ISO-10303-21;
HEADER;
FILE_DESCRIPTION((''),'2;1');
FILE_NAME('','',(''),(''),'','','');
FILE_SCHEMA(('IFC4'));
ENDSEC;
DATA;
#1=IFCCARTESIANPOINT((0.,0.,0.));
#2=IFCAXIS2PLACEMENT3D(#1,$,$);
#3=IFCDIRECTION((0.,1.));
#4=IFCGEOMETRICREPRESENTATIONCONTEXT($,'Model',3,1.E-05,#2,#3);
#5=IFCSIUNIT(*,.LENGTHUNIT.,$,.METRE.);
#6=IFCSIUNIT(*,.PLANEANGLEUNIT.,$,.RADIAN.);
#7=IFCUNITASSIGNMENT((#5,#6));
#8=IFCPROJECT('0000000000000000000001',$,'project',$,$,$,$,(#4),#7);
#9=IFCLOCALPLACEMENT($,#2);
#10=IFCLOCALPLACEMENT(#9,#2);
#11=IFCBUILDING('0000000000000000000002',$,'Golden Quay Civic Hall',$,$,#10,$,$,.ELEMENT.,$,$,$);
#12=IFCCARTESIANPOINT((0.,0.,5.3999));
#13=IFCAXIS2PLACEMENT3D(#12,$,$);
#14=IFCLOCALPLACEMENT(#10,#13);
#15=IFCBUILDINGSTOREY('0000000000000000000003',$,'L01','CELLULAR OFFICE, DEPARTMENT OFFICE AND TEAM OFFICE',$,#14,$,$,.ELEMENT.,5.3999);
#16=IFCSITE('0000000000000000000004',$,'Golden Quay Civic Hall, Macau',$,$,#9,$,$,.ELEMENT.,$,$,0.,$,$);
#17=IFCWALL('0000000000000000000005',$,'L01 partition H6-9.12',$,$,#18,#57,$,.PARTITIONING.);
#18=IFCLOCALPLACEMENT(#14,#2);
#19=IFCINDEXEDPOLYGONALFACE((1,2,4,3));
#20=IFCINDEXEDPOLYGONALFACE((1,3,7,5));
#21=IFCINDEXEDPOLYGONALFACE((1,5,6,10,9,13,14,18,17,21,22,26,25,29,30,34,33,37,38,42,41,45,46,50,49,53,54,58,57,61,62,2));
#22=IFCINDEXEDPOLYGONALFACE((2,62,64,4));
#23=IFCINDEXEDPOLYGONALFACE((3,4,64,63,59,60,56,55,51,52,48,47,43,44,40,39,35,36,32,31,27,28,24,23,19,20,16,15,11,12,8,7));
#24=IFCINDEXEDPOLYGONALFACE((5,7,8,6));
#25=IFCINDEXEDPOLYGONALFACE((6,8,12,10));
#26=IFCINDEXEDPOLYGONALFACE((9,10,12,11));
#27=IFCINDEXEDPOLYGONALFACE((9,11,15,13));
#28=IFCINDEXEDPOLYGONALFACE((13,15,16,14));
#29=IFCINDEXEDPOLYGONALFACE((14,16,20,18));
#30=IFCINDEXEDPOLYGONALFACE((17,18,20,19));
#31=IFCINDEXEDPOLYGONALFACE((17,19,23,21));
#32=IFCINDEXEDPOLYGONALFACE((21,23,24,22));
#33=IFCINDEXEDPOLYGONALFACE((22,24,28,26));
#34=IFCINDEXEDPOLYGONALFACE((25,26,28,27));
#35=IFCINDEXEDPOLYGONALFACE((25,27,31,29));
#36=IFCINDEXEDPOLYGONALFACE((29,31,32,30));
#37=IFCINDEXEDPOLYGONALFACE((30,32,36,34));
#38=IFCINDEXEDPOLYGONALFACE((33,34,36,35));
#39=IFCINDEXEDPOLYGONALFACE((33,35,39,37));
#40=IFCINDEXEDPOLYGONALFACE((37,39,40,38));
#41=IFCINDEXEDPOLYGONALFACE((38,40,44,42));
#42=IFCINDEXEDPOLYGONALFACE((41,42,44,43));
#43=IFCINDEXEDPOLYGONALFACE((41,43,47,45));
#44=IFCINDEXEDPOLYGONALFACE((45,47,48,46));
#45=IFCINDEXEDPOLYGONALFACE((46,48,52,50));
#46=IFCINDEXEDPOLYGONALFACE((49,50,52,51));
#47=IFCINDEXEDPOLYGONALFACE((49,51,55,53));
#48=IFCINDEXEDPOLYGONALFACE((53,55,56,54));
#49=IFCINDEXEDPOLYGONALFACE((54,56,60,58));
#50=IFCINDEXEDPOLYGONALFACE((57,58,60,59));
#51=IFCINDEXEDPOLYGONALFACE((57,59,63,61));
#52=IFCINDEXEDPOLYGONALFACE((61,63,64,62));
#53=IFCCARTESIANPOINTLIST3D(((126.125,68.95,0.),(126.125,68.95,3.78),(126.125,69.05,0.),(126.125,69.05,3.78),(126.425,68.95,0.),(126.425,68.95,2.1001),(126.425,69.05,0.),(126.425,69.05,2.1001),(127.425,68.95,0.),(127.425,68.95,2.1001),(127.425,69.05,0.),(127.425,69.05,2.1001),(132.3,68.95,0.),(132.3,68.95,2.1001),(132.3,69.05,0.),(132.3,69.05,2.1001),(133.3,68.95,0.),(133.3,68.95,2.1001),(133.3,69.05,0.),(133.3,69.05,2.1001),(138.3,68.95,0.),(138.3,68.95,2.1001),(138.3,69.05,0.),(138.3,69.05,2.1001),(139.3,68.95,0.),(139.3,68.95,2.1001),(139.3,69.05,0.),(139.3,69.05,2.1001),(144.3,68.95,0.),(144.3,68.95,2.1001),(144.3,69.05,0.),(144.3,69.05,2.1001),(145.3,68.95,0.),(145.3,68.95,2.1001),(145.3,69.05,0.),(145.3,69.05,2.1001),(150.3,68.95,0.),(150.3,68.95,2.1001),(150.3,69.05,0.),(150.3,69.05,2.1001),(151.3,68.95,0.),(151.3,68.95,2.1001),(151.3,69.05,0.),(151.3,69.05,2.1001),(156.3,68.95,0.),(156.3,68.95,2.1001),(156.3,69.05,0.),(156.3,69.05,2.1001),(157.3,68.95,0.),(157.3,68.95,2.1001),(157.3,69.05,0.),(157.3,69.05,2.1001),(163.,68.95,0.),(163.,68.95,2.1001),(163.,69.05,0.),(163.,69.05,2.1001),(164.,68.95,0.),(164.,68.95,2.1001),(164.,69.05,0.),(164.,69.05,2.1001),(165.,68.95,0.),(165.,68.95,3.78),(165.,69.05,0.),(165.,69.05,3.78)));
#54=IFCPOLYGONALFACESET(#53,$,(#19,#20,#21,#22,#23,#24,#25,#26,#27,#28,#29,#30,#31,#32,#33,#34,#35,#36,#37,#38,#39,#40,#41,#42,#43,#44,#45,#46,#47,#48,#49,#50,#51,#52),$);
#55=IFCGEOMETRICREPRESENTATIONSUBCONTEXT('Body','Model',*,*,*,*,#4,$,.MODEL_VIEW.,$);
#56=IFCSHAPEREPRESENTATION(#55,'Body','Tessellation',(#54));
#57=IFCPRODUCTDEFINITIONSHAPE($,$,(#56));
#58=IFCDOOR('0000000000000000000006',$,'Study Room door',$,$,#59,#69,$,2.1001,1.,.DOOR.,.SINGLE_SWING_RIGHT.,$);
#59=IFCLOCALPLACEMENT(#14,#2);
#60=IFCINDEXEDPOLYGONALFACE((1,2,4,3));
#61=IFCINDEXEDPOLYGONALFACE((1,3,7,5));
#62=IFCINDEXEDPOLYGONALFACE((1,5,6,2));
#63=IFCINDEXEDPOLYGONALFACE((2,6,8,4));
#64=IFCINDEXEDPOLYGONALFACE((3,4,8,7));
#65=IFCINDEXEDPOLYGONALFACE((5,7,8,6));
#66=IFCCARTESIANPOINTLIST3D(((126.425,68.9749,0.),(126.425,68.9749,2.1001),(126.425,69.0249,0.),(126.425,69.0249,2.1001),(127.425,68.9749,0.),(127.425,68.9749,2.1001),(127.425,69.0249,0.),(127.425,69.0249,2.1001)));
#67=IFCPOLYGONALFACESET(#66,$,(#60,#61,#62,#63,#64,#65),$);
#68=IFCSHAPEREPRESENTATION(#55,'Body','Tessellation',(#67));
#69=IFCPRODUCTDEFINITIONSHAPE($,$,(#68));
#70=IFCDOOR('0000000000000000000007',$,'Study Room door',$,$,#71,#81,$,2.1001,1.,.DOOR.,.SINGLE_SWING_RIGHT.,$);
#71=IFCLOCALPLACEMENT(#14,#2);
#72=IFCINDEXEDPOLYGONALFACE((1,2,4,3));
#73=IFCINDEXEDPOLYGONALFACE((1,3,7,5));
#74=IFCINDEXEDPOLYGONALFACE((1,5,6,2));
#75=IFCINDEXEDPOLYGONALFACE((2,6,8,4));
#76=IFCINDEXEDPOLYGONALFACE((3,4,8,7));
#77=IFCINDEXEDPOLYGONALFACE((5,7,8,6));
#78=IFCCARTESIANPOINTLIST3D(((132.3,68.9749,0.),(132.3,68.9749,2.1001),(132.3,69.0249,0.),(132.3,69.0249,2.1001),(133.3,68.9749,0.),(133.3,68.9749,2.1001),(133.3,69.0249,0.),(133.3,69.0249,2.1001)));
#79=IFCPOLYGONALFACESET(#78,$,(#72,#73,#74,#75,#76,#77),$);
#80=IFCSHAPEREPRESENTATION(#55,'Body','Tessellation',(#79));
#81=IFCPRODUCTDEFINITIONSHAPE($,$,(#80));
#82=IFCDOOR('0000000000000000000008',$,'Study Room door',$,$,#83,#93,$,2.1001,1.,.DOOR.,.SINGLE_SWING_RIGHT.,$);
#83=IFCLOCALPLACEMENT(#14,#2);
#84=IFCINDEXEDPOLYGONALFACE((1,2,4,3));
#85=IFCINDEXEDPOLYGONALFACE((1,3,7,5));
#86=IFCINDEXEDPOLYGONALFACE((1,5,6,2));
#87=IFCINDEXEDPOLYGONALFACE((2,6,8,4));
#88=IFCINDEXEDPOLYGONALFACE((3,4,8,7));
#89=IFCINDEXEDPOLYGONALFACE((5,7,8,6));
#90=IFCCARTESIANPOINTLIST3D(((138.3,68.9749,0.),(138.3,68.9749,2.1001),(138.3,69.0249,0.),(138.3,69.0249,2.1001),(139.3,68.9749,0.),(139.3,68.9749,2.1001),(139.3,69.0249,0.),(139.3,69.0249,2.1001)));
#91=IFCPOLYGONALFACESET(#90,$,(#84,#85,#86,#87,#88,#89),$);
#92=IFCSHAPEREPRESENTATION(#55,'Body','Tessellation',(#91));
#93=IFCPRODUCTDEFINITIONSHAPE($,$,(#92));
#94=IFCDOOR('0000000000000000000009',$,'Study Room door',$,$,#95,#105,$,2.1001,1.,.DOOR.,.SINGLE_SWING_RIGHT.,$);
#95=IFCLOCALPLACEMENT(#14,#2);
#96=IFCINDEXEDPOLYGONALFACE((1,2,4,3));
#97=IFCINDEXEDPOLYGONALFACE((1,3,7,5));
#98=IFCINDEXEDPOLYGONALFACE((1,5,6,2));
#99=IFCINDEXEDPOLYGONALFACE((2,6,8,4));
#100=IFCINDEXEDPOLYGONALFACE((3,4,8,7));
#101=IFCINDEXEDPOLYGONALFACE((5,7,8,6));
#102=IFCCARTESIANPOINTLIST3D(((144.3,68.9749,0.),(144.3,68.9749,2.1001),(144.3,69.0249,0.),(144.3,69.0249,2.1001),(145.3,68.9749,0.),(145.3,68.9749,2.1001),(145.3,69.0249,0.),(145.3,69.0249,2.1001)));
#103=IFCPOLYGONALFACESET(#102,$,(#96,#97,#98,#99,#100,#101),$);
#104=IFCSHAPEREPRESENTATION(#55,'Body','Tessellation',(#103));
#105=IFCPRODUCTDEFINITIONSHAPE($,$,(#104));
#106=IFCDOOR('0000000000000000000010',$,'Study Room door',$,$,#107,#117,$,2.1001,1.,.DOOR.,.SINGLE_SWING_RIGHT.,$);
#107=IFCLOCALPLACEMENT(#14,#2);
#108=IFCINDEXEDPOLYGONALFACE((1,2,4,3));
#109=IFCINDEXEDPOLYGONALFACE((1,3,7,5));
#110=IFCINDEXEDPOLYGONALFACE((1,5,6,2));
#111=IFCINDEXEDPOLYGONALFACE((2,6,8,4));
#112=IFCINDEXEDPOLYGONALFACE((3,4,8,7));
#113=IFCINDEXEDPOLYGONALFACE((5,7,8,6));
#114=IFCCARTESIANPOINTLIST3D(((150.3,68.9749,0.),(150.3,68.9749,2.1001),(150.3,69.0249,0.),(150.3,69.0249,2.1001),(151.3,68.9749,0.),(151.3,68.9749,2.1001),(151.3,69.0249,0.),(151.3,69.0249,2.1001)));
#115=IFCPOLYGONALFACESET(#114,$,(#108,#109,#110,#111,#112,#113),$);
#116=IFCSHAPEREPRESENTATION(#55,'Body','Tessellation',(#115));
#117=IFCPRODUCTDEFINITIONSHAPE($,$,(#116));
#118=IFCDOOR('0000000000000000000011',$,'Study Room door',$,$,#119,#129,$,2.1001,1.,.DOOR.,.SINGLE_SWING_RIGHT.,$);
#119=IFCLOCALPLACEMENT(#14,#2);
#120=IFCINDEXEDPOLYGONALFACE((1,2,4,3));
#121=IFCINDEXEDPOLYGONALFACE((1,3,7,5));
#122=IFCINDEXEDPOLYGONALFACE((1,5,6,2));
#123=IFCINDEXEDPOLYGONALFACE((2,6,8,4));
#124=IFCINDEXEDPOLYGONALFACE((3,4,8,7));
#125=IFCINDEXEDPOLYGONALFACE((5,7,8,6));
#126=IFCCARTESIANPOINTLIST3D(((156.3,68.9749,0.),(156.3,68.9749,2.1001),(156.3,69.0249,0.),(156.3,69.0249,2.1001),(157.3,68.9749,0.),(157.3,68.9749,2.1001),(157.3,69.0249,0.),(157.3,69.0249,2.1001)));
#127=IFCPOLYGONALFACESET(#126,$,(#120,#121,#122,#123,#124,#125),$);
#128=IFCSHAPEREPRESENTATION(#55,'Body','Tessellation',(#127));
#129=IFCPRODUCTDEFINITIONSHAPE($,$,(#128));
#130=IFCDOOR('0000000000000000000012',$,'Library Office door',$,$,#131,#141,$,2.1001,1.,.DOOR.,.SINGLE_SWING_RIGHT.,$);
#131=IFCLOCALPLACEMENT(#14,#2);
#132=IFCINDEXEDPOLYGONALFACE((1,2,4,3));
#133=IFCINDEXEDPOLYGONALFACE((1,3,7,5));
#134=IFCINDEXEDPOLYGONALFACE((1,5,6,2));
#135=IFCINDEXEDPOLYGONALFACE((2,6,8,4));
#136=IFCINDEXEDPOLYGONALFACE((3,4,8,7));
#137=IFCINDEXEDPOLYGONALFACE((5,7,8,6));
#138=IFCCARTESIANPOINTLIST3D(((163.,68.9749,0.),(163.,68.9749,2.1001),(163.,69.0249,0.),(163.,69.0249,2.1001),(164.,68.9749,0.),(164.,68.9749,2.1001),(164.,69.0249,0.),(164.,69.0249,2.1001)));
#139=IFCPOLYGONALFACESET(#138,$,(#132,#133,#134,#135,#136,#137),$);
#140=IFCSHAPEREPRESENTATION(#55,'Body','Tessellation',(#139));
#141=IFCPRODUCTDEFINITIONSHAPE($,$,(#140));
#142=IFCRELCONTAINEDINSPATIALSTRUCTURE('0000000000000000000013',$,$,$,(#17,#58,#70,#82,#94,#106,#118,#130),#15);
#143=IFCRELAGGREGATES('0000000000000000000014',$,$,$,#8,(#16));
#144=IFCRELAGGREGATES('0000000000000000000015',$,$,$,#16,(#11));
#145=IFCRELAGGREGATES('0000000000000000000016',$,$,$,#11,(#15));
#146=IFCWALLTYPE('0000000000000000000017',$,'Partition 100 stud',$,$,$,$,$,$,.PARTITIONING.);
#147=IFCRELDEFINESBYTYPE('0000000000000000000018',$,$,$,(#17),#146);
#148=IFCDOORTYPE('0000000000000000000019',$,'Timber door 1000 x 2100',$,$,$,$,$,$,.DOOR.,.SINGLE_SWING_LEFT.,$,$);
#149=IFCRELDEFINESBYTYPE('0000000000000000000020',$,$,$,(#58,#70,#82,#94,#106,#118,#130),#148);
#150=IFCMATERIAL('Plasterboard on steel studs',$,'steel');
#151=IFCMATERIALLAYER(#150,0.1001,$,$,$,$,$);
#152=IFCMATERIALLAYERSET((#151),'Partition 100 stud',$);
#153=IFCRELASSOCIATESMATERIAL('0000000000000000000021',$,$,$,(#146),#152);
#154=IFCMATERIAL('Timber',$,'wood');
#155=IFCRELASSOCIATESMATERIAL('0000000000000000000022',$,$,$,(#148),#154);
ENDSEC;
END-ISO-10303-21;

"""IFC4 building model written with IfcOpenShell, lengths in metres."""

from ifc_helpers import new_model, si_unit, direction, frame, frame_2d, origin, place, context, subcontext, project, spatial, rectangle, extrude, material, layer, layer_set, type_object, element, fill, save


model = new_model("IFC4")

# Units and contexts
model_context = context("Model", 3, precision=1e-05, world=origin(), true_north=direction((0.0, 1.0)))
body_context = subcontext(model_context, "Body", "Model", "MODEL_VIEW")
ifc_project = project(units=[si_unit("LENGTHUNIT", "METRE"), si_unit("PLANEANGLEUNIT", "RADIAN")], contexts=[model_context])

# Site, building, storey
site_placement = place(None, origin())
site = spatial("IfcSite", under=ifc_project, at=site_placement, Name="Golden Quay Civic Hall, Macau", CompositionType="ELEMENT", RefElevation=0.0)
building_placement = place(site_placement, origin())
building = spatial("IfcBuilding", under=site, at=building_placement, Name="Golden Quay Civic Hall", CompositionType="ELEMENT")
storey_placement = place(building_placement, frame((0.0, 0.0, 5.3999)))
storey = spatial("IfcBuildingStorey", under=building, at=storey_placement, Name="L01", Description="CELLULAR OFFICE, DEPARTMENT OFFICE AND TEAM OFFICE", CompositionType="ELEMENT", Elevation=5.3999)

# Wall, openings, doors
ifc_material_1 = material(Name="Plasterboard on steel studs", Category="steel")
ifc_layer_1 = layer(ifc_material_1, 0.1001)
ifc_layer_set_1 = layer_set([ifc_layer_1], Name="Partition 100 stud")
wall_type_1 = type_object("IfcWallType", Name="Partition 100 stud", PredefinedType="PARTITIONING", material=ifc_layer_set_1)
wall_1_placement = place(storey_placement, frame((126.125, 69.0, 0.0), z_axis=(0.0, 0.0, 1.0), x_axis=(1.0, 0.0, 0.0)))
wall_1 = element("IfcWall", 1, at=wall_1_placement, inside=storey, type_object=wall_type_1, Name="L01 partition H6-9.12", PredefinedType="PARTITIONING", context=body_context, shape_type="SweptSolid", body=[
    extrude(rectangle(XDim=38.875, YDim=0.1001, at=frame_2d((19.4375, 0.0))), origin(), (0.0, 0.0, 1.0), 3.78),
])
opening_1_placement = place(wall_1_placement, frame((0.3, 0.0, 0.0)))
opening_1 = element("IfcOpeningElement", 2, at=opening_1_placement, cuts=wall_1, PredefinedType="OPENING", context=body_context, shape_type="SweptSolid", body=[
    extrude(rectangle(XDim=1.0, YDim=2.1001, at=frame_2d((0.5, 1.05))), frame((0.0, 0.0601, 0.0), z_axis=(0.0, -1.0, 0.0), x_axis=(1.0, 0.0, 0.0)), (0.0, 0.0, 1.0), 0.1201),
])
opening_2_placement = place(wall_1_placement, frame((6.175, 0.0, 0.0)))
opening_2 = element("IfcOpeningElement", 3, at=opening_2_placement, cuts=wall_1, PredefinedType="OPENING", context=body_context, shape_type="SweptSolid", body=[
    extrude(rectangle(XDim=1.0, YDim=2.1001, at=frame_2d((0.5, 1.05))), frame((0.0, 0.0601, 0.0), z_axis=(0.0, -1.0, 0.0), x_axis=(1.0, 0.0, 0.0)), (0.0, 0.0, 1.0), 0.1201),
])
opening_3_placement = place(wall_1_placement, frame((12.175, 0.0, 0.0)))
opening_3 = element("IfcOpeningElement", 4, at=opening_3_placement, cuts=wall_1, PredefinedType="OPENING", context=body_context, shape_type="SweptSolid", body=[
    extrude(rectangle(XDim=1.0, YDim=2.1001, at=frame_2d((0.5, 1.05))), frame((0.0, 0.0601, 0.0), z_axis=(0.0, -1.0, 0.0), x_axis=(1.0, 0.0, 0.0)), (0.0, 0.0, 1.0), 0.1201),
])
opening_4_placement = place(wall_1_placement, frame((18.175, 0.0, 0.0)))
opening_4 = element("IfcOpeningElement", 5, at=opening_4_placement, cuts=wall_1, PredefinedType="OPENING", context=body_context, shape_type="SweptSolid", body=[
    extrude(rectangle(XDim=1.0, YDim=2.1001, at=frame_2d((0.5, 1.05))), frame((0.0, 0.0601, 0.0), z_axis=(0.0, -1.0, 0.0), x_axis=(1.0, 0.0, 0.0)), (0.0, 0.0, 1.0), 0.1201),
])
opening_5_placement = place(wall_1_placement, frame((24.175, 0.0, 0.0)))
opening_5 = element("IfcOpeningElement", 6, at=opening_5_placement, cuts=wall_1, PredefinedType="OPENING", context=body_context, shape_type="SweptSolid", body=[
    extrude(rectangle(XDim=1.0, YDim=2.1001, at=frame_2d((0.5, 1.05))), frame((0.0, 0.0601, 0.0), z_axis=(0.0, -1.0, 0.0), x_axis=(1.0, 0.0, 0.0)), (0.0, 0.0, 1.0), 0.1201),
])
opening_6_placement = place(wall_1_placement, frame((30.175, 0.0, 0.0)))
opening_6 = element("IfcOpeningElement", 7, at=opening_6_placement, cuts=wall_1, PredefinedType="OPENING", context=body_context, shape_type="SweptSolid", body=[
    extrude(rectangle(XDim=1.0, YDim=2.1001, at=frame_2d((0.5, 1.05))), frame((0.0, 0.0601, 0.0), z_axis=(0.0, -1.0, 0.0), x_axis=(1.0, 0.0, 0.0)), (0.0, 0.0, 1.0), 0.1201),
])
opening_7_placement = place(wall_1_placement, frame((36.875, 0.0, 0.0)))
opening_7 = element("IfcOpeningElement", 8, at=opening_7_placement, cuts=wall_1, PredefinedType="OPENING", context=body_context, shape_type="SweptSolid", body=[
    extrude(rectangle(XDim=1.0, YDim=2.1001, at=frame_2d((0.5, 1.05))), frame((0.0, 0.0601, 0.0), z_axis=(0.0, -1.0, 0.0), x_axis=(1.0, 0.0, 0.0)), (0.0, 0.0, 1.0), 0.1201),
])
ifc_material_2 = material(Name="Timber", Category="wood")
door_type_1 = type_object("IfcDoorType", Name="Timber door 1000 x 2100", OperationType="SINGLE_SWING_LEFT", PredefinedType="DOOR", material=ifc_material_2)
door_1_placement = place(opening_1_placement, frame((1.0, 0.0, 0.0), z_axis=(0.0, 0.0, 1.0), x_axis=(-1.0, 0.0, 0.0)))
door_1 = element("IfcDoor", 9, at=door_1_placement, inside=storey, type_object=door_type_1, Name="Study Room door", OperationType="SINGLE_SWING_RIGHT", OverallHeight=2.1001, OverallWidth=1.0, PredefinedType="DOOR", context=body_context, shape_type="SweptSolid", body=[
    extrude(rectangle(XDim=1.0, YDim=2.1001, at=frame_2d((0.5, 1.05))), frame((0.0, 0.0251, 0.0), z_axis=(0.0, -1.0, 0.0), x_axis=(1.0, 0.0, 0.0)), (0.0, 0.0, 1.0), 0.05),
])
fill(opening_1, door_1)
door_2_placement = place(opening_2_placement, frame((1.0, 0.0, 0.0), z_axis=(0.0, 0.0, 1.0), x_axis=(-1.0, 0.0, 0.0)))
door_2 = element("IfcDoor", 10, at=door_2_placement, inside=storey, type_object=door_type_1, Name="Study Room door", OperationType="SINGLE_SWING_RIGHT", OverallHeight=2.1001, OverallWidth=1.0, PredefinedType="DOOR", context=body_context, shape_type="SweptSolid", body=[
    extrude(rectangle(XDim=1.0, YDim=2.1001, at=frame_2d((0.5, 1.05))), frame((0.0, 0.0251, 0.0), z_axis=(0.0, -1.0, 0.0), x_axis=(1.0, 0.0, 0.0)), (0.0, 0.0, 1.0), 0.05),
])
fill(opening_2, door_2)
door_3_placement = place(opening_3_placement, frame((1.0, 0.0, 0.0), z_axis=(0.0, 0.0, 1.0), x_axis=(-1.0, 0.0, 0.0)))
door_3 = element("IfcDoor", 11, at=door_3_placement, inside=storey, type_object=door_type_1, Name="Study Room door", OperationType="SINGLE_SWING_RIGHT", OverallHeight=2.1001, OverallWidth=1.0, PredefinedType="DOOR", context=body_context, shape_type="SweptSolid", body=[
    extrude(rectangle(XDim=1.0, YDim=2.1001, at=frame_2d((0.5, 1.05))), frame((0.0, 0.0251, 0.0), z_axis=(0.0, -1.0, 0.0), x_axis=(1.0, 0.0, 0.0)), (0.0, 0.0, 1.0), 0.05),
])
fill(opening_3, door_3)
door_4_placement = place(opening_4_placement, frame((1.0, 0.0, 0.0), z_axis=(0.0, 0.0, 1.0), x_axis=(-1.0, 0.0, 0.0)))
door_4 = element("IfcDoor", 12, at=door_4_placement, inside=storey, type_object=door_type_1, Name="Study Room door", OperationType="SINGLE_SWING_RIGHT", OverallHeight=2.1001, OverallWidth=1.0, PredefinedType="DOOR", context=body_context, shape_type="SweptSolid", body=[
    extrude(rectangle(XDim=1.0, YDim=2.1001, at=frame_2d((0.5, 1.05))), frame((0.0, 0.0251, 0.0), z_axis=(0.0, -1.0, 0.0), x_axis=(1.0, 0.0, 0.0)), (0.0, 0.0, 1.0), 0.05),
])
fill(opening_4, door_4)
door_5_placement = place(opening_5_placement, frame((1.0, 0.0, 0.0), z_axis=(0.0, 0.0, 1.0), x_axis=(-1.0, 0.0, 0.0)))
door_5 = element("IfcDoor", 13, at=door_5_placement, inside=storey, type_object=door_type_1, Name="Study Room door", OperationType="SINGLE_SWING_RIGHT", OverallHeight=2.1001, OverallWidth=1.0, PredefinedType="DOOR", context=body_context, shape_type="SweptSolid", body=[
    extrude(rectangle(XDim=1.0, YDim=2.1001, at=frame_2d((0.5, 1.05))), frame((0.0, 0.0251, 0.0), z_axis=(0.0, -1.0, 0.0), x_axis=(1.0, 0.0, 0.0)), (0.0, 0.0, 1.0), 0.05),
])
fill(opening_5, door_5)
door_6_placement = place(opening_6_placement, frame((1.0, 0.0, 0.0), z_axis=(0.0, 0.0, 1.0), x_axis=(-1.0, 0.0, 0.0)))
door_6 = element("IfcDoor", 14, at=door_6_placement, inside=storey, type_object=door_type_1, Name="Study Room door", OperationType="SINGLE_SWING_RIGHT", OverallHeight=2.1001, OverallWidth=1.0, PredefinedType="DOOR", context=body_context, shape_type="SweptSolid", body=[
    extrude(rectangle(XDim=1.0, YDim=2.1001, at=frame_2d((0.5, 1.05))), frame((0.0, 0.0251, 0.0), z_axis=(0.0, -1.0, 0.0), x_axis=(1.0, 0.0, 0.0)), (0.0, 0.0, 1.0), 0.05),
])
fill(opening_6, door_6)
door_7_placement = place(opening_7_placement, frame((1.0, 0.0, 0.0), z_axis=(0.0, 0.0, 1.0), x_axis=(-1.0, 0.0, 0.0)))
door_7 = element("IfcDoor", 15, at=door_7_placement, inside=storey, type_object=door_type_1, Name="Library Office door", OperationType="SINGLE_SWING_RIGHT", OverallHeight=2.1001, OverallWidth=1.0, PredefinedType="DOOR", context=body_context, shape_type="SweptSolid", body=[
    extrude(rectangle(XDim=1.0, YDim=2.1001, at=frame_2d((0.5, 1.05))), frame((0.0, 0.0251, 0.0), z_axis=(0.0, -1.0, 0.0), x_axis=(1.0, 0.0, 0.0)), (0.0, 0.0, 1.0), 0.05),
])
fill(opening_7, door_7)

save(model, "model.ifc")
